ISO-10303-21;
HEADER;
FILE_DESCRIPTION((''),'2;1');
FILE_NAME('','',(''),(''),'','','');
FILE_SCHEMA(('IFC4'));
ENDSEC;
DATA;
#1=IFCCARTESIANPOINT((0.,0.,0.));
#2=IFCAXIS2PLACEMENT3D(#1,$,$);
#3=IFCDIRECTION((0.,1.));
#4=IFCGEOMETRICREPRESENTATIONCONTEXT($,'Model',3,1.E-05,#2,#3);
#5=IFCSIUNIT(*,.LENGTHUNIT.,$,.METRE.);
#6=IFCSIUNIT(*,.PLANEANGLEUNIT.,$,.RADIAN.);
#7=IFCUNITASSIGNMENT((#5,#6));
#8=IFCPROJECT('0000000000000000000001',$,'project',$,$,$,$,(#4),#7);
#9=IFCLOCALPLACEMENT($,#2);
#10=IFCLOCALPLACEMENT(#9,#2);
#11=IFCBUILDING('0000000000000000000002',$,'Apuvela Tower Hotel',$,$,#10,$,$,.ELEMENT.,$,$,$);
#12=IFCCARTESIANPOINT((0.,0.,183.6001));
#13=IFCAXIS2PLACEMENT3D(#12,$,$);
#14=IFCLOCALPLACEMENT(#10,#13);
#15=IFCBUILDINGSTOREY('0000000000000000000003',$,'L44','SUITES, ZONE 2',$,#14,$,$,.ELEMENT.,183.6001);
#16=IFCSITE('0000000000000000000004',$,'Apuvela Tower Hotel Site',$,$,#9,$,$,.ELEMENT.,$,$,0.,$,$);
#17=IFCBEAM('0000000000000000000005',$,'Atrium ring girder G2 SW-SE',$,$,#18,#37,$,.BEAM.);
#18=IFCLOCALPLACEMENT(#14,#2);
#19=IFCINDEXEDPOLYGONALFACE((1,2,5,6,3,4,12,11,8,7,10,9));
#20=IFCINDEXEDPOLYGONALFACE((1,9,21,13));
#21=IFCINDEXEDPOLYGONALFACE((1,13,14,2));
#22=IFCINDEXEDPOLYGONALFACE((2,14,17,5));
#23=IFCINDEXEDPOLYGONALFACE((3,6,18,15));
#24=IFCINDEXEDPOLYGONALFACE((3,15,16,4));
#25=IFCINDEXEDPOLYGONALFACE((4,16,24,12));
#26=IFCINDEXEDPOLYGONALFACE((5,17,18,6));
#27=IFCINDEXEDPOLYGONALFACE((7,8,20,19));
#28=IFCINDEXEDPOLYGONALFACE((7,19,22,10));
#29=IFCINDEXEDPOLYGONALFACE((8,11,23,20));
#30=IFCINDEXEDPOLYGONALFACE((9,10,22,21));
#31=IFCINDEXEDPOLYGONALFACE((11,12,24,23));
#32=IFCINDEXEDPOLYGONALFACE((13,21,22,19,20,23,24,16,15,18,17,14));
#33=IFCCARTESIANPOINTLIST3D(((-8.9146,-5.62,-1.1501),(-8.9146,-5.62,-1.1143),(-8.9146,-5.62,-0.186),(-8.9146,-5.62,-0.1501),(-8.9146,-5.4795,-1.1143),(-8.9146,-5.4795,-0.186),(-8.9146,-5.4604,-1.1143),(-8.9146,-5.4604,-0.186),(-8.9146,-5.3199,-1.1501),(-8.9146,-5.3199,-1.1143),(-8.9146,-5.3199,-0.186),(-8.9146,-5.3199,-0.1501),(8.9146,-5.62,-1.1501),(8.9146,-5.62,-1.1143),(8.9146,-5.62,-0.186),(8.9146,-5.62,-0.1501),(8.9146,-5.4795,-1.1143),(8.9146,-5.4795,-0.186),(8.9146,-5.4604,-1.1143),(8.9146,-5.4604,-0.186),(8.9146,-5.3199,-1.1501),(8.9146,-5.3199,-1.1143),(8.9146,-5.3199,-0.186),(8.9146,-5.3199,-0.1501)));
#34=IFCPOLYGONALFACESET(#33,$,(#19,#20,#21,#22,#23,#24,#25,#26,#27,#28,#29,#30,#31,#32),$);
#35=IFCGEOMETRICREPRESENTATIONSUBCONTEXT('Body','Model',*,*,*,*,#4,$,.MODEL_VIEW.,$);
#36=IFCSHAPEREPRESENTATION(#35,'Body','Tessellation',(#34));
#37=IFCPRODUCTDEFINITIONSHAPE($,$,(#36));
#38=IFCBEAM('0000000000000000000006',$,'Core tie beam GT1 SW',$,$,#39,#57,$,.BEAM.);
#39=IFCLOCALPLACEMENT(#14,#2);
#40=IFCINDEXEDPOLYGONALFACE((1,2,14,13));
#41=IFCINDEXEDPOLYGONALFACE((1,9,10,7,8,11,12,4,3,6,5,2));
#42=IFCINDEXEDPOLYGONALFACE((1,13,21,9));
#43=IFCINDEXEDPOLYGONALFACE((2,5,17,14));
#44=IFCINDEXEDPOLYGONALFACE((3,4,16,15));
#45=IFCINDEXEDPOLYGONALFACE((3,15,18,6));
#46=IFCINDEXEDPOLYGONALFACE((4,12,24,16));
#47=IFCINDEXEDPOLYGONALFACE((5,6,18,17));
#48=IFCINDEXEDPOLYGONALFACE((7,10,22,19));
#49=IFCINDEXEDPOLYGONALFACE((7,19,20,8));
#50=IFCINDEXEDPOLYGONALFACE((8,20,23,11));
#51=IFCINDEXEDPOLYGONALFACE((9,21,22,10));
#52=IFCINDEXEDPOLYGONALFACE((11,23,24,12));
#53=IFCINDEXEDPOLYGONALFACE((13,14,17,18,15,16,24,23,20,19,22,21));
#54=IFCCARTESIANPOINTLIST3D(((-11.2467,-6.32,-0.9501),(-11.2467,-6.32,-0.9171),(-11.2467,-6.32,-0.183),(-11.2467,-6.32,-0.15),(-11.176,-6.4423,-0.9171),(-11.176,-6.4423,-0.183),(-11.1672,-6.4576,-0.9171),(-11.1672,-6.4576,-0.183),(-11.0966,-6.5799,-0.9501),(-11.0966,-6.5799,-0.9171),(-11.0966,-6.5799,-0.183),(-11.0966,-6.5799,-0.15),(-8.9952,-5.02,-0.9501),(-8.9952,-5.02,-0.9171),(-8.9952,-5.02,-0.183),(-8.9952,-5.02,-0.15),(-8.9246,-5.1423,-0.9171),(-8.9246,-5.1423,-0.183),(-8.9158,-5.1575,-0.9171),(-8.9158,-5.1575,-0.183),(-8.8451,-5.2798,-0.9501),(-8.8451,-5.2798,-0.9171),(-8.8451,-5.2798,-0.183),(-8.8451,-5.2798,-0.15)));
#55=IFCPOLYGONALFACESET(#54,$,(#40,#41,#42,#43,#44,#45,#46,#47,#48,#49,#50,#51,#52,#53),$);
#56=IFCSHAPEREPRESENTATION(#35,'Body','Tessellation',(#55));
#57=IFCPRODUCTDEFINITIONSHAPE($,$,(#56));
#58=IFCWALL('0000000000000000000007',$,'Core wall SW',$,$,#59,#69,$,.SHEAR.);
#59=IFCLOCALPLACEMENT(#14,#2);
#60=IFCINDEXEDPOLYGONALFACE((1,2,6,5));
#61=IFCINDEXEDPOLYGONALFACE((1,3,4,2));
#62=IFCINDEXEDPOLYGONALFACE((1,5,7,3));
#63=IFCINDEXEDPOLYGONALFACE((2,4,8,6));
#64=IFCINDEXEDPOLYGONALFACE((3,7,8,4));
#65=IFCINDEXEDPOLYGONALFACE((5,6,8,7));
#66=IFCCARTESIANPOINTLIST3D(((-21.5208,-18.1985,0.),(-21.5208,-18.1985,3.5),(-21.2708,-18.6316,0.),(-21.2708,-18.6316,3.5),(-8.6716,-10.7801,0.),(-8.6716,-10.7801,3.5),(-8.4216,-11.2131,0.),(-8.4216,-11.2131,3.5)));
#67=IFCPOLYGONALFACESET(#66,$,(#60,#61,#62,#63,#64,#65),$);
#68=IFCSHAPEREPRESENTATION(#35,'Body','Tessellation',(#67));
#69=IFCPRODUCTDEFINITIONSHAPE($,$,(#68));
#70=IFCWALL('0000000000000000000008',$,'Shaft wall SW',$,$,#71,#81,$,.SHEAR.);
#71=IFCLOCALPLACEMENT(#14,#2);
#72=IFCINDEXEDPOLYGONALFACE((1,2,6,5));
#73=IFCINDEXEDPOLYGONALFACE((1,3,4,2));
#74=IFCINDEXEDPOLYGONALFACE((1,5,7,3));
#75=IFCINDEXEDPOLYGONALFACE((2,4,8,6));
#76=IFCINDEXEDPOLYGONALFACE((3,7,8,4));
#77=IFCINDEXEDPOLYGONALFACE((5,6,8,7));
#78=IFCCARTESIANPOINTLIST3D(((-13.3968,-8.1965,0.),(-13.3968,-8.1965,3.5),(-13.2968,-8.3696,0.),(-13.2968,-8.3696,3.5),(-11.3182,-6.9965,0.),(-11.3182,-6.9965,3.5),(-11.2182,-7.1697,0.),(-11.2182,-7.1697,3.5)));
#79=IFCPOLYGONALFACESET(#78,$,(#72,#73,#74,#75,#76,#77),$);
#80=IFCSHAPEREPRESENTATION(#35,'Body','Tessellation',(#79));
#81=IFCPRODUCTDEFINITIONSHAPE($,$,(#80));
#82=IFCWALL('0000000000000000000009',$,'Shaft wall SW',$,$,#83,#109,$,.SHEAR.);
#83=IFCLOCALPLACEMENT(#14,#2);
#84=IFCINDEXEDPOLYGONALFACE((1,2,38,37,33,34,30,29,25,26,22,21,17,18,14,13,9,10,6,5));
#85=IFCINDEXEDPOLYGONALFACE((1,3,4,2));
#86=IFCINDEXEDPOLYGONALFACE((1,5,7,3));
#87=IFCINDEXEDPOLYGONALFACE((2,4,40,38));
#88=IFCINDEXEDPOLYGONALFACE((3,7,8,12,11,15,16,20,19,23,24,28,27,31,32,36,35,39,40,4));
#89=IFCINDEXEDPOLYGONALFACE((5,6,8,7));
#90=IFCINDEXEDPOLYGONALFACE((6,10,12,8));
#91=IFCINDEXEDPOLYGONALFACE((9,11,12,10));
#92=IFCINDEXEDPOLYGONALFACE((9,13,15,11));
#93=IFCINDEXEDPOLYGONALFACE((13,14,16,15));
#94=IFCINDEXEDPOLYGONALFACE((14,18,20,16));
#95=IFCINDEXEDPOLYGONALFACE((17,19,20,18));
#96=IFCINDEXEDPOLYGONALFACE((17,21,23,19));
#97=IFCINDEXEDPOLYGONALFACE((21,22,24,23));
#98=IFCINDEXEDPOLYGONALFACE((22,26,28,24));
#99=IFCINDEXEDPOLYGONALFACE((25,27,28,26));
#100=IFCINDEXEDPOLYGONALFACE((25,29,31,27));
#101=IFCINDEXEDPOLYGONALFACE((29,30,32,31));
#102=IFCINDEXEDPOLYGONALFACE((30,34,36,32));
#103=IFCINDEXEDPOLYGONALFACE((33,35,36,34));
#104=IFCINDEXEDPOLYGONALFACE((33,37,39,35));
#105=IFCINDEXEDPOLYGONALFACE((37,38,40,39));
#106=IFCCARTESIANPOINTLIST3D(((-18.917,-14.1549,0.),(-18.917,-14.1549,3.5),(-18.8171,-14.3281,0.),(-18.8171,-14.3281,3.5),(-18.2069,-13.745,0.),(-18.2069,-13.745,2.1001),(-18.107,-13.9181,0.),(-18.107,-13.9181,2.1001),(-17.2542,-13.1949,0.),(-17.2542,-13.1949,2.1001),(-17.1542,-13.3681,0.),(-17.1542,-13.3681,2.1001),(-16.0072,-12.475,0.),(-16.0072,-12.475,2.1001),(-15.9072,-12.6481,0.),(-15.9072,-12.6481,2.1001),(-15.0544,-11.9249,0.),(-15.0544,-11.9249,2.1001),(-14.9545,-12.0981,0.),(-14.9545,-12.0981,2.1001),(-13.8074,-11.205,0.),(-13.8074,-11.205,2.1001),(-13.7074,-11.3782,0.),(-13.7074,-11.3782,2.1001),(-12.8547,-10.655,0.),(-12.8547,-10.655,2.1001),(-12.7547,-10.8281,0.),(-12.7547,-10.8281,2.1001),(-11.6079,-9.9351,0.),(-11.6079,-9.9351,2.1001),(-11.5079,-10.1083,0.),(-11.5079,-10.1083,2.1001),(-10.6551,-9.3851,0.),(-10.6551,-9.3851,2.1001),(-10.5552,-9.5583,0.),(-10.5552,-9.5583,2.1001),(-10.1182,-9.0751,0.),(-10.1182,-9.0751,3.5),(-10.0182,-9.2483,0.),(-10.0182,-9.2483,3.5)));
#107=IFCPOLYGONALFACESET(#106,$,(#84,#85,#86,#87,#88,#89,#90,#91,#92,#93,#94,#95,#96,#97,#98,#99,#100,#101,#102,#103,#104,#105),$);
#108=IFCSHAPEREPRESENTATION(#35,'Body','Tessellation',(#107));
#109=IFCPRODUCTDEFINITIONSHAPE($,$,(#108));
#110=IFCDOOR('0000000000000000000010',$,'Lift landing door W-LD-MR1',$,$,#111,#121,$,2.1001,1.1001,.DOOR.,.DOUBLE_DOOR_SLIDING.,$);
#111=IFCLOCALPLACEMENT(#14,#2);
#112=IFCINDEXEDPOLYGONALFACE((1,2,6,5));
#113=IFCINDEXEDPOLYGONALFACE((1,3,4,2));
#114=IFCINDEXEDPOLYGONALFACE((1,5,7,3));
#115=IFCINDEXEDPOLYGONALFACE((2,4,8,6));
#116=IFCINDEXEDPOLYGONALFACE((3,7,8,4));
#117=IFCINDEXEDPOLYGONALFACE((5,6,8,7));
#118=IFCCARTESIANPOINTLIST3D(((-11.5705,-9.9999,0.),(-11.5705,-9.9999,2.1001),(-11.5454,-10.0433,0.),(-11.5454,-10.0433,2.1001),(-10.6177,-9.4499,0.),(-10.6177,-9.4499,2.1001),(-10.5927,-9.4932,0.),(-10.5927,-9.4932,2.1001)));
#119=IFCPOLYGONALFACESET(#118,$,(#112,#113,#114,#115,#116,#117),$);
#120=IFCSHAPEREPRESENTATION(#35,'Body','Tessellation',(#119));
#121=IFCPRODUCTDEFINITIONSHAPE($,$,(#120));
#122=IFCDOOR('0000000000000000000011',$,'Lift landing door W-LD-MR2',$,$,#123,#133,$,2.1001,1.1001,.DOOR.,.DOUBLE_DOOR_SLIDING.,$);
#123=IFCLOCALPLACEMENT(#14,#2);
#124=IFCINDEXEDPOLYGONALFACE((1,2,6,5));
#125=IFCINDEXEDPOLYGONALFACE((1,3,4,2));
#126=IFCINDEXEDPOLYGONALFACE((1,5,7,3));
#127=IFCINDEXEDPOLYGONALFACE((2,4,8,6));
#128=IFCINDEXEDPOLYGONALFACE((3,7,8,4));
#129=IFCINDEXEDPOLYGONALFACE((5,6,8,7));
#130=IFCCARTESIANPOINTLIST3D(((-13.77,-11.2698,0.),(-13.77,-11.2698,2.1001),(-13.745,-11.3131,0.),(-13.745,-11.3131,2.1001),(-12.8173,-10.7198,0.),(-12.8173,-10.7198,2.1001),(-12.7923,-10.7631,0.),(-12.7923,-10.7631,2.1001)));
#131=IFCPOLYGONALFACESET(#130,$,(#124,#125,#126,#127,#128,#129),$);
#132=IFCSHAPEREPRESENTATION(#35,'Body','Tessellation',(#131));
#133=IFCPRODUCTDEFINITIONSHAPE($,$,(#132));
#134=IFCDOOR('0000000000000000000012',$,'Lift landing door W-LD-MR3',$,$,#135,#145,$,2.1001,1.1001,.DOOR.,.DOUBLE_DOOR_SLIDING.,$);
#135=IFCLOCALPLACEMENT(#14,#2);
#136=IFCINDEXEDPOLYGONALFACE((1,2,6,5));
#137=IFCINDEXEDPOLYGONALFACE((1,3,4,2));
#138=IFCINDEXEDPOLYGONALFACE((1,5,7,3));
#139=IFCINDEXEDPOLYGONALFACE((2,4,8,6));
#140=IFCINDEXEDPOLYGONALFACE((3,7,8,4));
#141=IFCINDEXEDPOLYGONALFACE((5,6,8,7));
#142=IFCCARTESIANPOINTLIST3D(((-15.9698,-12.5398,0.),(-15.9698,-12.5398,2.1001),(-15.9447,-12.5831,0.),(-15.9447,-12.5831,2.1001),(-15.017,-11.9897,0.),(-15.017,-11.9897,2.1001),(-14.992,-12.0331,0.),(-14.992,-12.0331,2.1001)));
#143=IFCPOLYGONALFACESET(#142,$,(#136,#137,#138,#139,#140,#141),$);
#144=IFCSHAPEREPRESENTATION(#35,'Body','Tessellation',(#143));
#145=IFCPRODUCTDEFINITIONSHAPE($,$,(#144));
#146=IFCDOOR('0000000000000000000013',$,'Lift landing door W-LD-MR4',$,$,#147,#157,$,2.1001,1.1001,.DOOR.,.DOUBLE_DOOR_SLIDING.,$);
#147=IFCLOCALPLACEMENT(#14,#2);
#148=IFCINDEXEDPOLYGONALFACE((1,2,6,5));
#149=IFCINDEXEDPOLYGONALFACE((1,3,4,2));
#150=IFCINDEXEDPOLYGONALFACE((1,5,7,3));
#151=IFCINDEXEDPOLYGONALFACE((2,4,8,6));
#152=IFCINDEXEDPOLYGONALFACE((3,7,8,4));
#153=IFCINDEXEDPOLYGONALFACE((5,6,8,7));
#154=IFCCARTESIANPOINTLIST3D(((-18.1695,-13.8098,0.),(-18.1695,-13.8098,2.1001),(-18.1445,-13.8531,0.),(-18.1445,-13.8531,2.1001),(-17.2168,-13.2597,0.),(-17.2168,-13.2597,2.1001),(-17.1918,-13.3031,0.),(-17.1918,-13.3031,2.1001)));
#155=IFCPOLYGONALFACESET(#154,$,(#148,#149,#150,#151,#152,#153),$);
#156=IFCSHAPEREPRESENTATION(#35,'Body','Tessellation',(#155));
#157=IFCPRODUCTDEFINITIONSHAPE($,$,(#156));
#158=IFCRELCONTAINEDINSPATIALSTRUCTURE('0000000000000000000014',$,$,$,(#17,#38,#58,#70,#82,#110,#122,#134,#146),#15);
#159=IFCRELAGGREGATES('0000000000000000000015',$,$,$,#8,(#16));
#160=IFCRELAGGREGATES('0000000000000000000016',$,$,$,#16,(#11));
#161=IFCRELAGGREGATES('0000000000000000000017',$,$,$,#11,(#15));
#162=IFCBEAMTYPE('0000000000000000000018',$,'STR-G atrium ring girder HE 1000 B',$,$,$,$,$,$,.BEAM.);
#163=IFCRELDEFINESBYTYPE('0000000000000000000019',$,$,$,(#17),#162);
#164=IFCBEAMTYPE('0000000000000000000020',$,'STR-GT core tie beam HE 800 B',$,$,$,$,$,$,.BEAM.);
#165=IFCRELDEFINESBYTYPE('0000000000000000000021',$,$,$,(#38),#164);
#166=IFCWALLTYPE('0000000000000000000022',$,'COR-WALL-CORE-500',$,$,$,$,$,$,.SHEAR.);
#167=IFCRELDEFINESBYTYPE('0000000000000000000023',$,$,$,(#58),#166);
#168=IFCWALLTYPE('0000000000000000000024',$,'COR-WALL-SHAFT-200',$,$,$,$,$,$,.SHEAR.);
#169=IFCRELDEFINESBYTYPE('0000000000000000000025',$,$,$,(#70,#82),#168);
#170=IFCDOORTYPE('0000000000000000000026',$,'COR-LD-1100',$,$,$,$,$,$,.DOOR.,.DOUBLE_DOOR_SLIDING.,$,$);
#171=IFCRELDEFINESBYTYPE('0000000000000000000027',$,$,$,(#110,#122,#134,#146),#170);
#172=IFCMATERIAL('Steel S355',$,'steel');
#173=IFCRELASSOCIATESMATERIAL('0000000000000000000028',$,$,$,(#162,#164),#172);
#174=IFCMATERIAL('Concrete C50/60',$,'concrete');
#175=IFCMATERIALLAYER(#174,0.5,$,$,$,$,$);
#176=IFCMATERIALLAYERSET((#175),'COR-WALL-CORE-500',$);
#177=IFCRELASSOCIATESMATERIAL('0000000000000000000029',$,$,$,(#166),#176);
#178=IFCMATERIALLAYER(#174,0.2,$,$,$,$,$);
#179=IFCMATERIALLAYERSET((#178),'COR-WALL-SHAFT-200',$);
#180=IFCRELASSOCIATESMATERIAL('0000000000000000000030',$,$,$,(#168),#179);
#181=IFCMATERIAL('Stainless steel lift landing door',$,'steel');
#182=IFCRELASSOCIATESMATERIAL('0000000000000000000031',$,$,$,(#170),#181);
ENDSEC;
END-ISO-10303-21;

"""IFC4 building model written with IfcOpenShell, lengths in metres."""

from ifc_helpers import new_model, si_unit, direction, frame, frame_2d, origin, origin_2d, place, context, subcontext, project, spatial, rectangle, i_section, extrude, material, layer, layer_set, material_profile, profile_set, type_object, element, fill, save


model = new_model("IFC4")

# Units and contexts
model_context = context("Model", 3, precision=1e-05, world=origin(), true_north=direction((0.0, 1.0)))
body_context = subcontext(model_context, "Body", "Model", "MODEL_VIEW")
ifc_project = project(units=[si_unit("LENGTHUNIT", "METRE"), si_unit("PLANEANGLEUNIT", "RADIAN")], contexts=[model_context])

# Site, building, storey
site_placement = place(None, origin())
site = spatial("IfcSite", under=ifc_project, at=site_placement, Name="Apuvela Tower Hotel Site", CompositionType="ELEMENT", RefElevation=0.0)
building_placement = place(site_placement, origin())
building = spatial("IfcBuilding", under=site, at=building_placement, Name="Apuvela Tower Hotel", CompositionType="ELEMENT")
storey_placement = place(building_placement, frame((0.0, 0.0, 183.6001)))
storey = spatial("IfcBuildingStorey", under=building, at=storey_placement, Name="L44", Description="SUITES, ZONE 2", CompositionType="ELEMENT", Elevation=183.6001)

# Beams
ifc_material_1 = material(Name="Steel S355", Category="steel")
ifc_material_profile_1 = material_profile(ifc_material_1, i_section(OverallWidth=0.3, OverallDepth=1.0, WebThickness=0.019, FlangeThickness=0.0359, at=origin_2d()), Name="HE 1000 B")
ifc_profile_set_1 = profile_set([ifc_material_profile_1], Name="Steel S355")
beam_type_1 = type_object("IfcBeamType", Name="STR-G atrium ring girder HE 1000 B", PredefinedType="BEAM", material=ifc_profile_set_1)
beam_1_placement = place(storey_placement, frame((-8.9146, -5.47, -0.6501), z_axis=(1.0, 0.0, 0.0), x_axis=(0.0, 1.0, 0.0)))
element("IfcBeam", 1, at=beam_1_placement, inside=storey, type_object=beam_type_1, Name="Atrium ring girder G2 SW-SE", PredefinedType="BEAM", context=body_context, shape_type="SweptSolid", body=[
    extrude(i_section(OverallWidth=0.3, OverallDepth=1.0, WebThickness=0.019, FlangeThickness=0.0359, at=origin_2d()), origin(), (0.0, 0.0, 1.0), 17.8291),
])
ifc_material_profile_2 = material_profile(ifc_material_1, i_section(OverallWidth=0.3, OverallDepth=0.8, WebThickness=0.0176, FlangeThickness=0.033, at=origin_2d()), Name="HE 800 B")
ifc_profile_set_2 = profile_set([ifc_material_profile_2], Name="Steel S355")
beam_type_2 = type_object("IfcBeamType", Name="STR-GT core tie beam HE 800 B", PredefinedType="BEAM", material=ifc_profile_set_2)
beam_2_placement = place(storey_placement, frame((-11.1716, -6.45, -0.55), z_axis=(0.865998, 0.500048, 0.0), x_axis=(-0.500048, 0.865998, 0.0)))
element("IfcBeam", 2, at=beam_2_placement, inside=storey, type_object=beam_type_2, Name="Core tie beam GT1 SW", PredefinedType="BEAM", context=body_context, shape_type="SweptSolid", body=[
    extrude(i_section(OverallWidth=0.3, OverallDepth=0.8, WebThickness=0.0176, FlangeThickness=0.033, at=origin_2d()), origin(), (0.0, 0.0, 1.0), 2.5999),
])

# Walls
ifc_material_2 = material(Name="Concrete C50/60", Category="concrete")
ifc_layer_1 = layer(ifc_material_2, 0.5)
ifc_layer_set_1 = layer_set([ifc_layer_1], Name="COR-WALL-CORE-500")
wall_type_1 = type_object("IfcWallType", Name="COR-WALL-CORE-500", PredefinedType="SHEAR", material=ifc_layer_set_1)
wall_1_placement = place(storey_placement, frame((-8.5466, -10.9966, 0.0), z_axis=(0.0, 0.0, 1.0), x_axis=(-0.866025, -0.500001, 0.0)))
element("IfcWall", 3, at=wall_1_placement, inside=storey, type_object=wall_type_1, Name="Core wall SW", PredefinedType="SHEAR", context=body_context, shape_type="SweptSolid", body=[
    extrude(rectangle(XDim=14.8369, YDim=0.5, at=frame_2d((7.4185, 0.0))), origin(), (0.0, 0.0, 1.0), 3.5),
])
ifc_layer_2 = layer(ifc_material_2, 0.2)
ifc_layer_set_2 = layer_set([ifc_layer_2], Name="COR-WALL-SHAFT-200")
wall_type_2 = type_object("IfcWallType", Name="COR-WALL-SHAFT-200", PredefinedType="SHEAR", material=ifc_layer_set_2)
wall_2_placement = place(storey_placement, frame((-11.2681, -7.083, 0.0), z_axis=(0.0, 0.0, 1.0), x_axis=(-0.86605, -0.499957, 0.0)))
element("IfcWall", 4, at=wall_2_placement, inside=storey, type_object=wall_type_2, Name="Shaft wall SW", PredefinedType="SHEAR", context=body_context, shape_type="SweptSolid", body=[
    extrude(rectangle(XDim=2.4001, YDim=0.2, at=frame_2d((1.2002, 0.0))), origin(), (0.0, 0.0, 1.0), 3.5),
])

# Wall, openings, doors
wall_3_placement = place(storey_placement, frame((-10.0681, -9.1616, 0.0), z_axis=(0.0, 0.0, 1.0), x_axis=(-0.866033, -0.499987, 0.0)))
wall_3 = element("IfcWall", 5, at=wall_3_placement, inside=storey, type_object=wall_type_2, Name="Shaft wall SW", PredefinedType="SHEAR", context=body_context, shape_type="SweptSolid", body=[
    extrude(rectangle(XDim=10.1599, YDim=0.2, at=frame_2d((5.0801, 0.0))), origin(), (0.0, 0.0, 1.0), 3.5),
])
opening_1_placement = place(wall_3_placement, frame((0.6201, 0.0, 0.0)))
opening_1 = element("IfcOpeningElement", 6, at=opening_1_placement, cuts=wall_3, PredefinedType="OPENING", context=body_context, shape_type="SweptSolid", body=[
    extrude(rectangle(XDim=1.1001, YDim=2.1001, at=frame_2d((0.55, 1.05))), frame((0.0, 0.1099, 0.0), z_axis=(0.0, -1.0, 0.0), x_axis=(1.0, 0.0, 0.0)), (0.0, 0.0, 1.0), 0.22),
])
opening_2_placement = place(wall_3_placement, frame((3.1599, 0.0, 0.0)))
opening_2 = element("IfcOpeningElement", 7, at=opening_2_placement, cuts=wall_3, PredefinedType="OPENING", context=body_context, shape_type="SweptSolid", body=[
    extrude(rectangle(XDim=1.1001, YDim=2.1001, at=frame_2d((0.55, 1.05))), frame((0.0, 0.1099, 0.0), z_axis=(0.0, -1.0, 0.0), x_axis=(1.0, 0.0, 0.0)), (0.0, 0.0, 1.0), 0.22),
])
opening_3_placement = place(wall_3_placement, frame((5.7, 0.0, 0.0)))
opening_3 = element("IfcOpeningElement", 8, at=opening_3_placement, cuts=wall_3, PredefinedType="OPENING", context=body_context, shape_type="SweptSolid", body=[
    extrude(rectangle(XDim=1.1001, YDim=2.1001, at=frame_2d((0.55, 1.05))), frame((0.0, 0.1099, 0.0), z_axis=(0.0, -1.0, 0.0), x_axis=(1.0, 0.0, 0.0)), (0.0, 0.0, 1.0), 0.22),
])
opening_4_placement = place(wall_3_placement, frame((8.24, 0.0, 0.0)))
opening_4 = element("IfcOpeningElement", 9, at=opening_4_placement, cuts=wall_3, PredefinedType="OPENING", context=body_context, shape_type="SweptSolid", body=[
    extrude(rectangle(XDim=1.1001, YDim=2.1001, at=frame_2d((0.55, 1.05))), frame((0.0, 0.1099, 0.0), z_axis=(0.0, -1.0, 0.0), x_axis=(1.0, 0.0, 0.0)), (0.0, 0.0, 1.0), 0.22),
])
ifc_material_3 = material(Name="Stainless steel lift landing door", Category="steel")
door_type_1 = type_object("IfcDoorType", Name="COR-LD-1100", OperationType="DOUBLE_DOOR_SLIDING", PredefinedType="DOOR", material=ifc_material_3)
door_1_placement = place(opening_1_placement, origin())
door_1 = element("IfcDoor", 10, at=door_1_placement, inside=storey, type_object=door_type_1, Name="Lift landing door W-LD-MR1", OperationType="DOUBLE_DOOR_SLIDING", OverallHeight=2.1001, OverallWidth=1.1001, PredefinedType="DOOR", context=body_context, shape_type="SweptSolid", body=[
    extrude(rectangle(XDim=1.1001, YDim=2.1001, at=frame_2d((0.55, 1.05))), frame((0.0, 0.0249, 0.0), z_axis=(0.0, -1.0, 0.0), x_axis=(1.0, 0.0, 0.0)), (0.0, 0.0, 1.0), 0.05),
])
fill(opening_1, door_1)
door_2_placement = place(opening_2_placement, origin())
door_2 = element("IfcDoor", 11, at=door_2_placement, inside=storey, type_object=door_type_1, Name="Lift landing door W-LD-MR2", OperationType="DOUBLE_DOOR_SLIDING", OverallHeight=2.1001, OverallWidth=1.1001, PredefinedType="DOOR", context=body_context, shape_type="SweptSolid", body=[
    extrude(rectangle(XDim=1.1001, YDim=2.1001, at=frame_2d((0.55, 1.05))), frame((0.0, 0.0249, 0.0), z_axis=(0.0, -1.0, 0.0), x_axis=(1.0, 0.0, 0.0)), (0.0, 0.0, 1.0), 0.05),
])
fill(opening_2, door_2)
door_3_placement = place(opening_3_placement, origin())
door_3 = element("IfcDoor", 12, at=door_3_placement, inside=storey, type_object=door_type_1, Name="Lift landing door W-LD-MR3", OperationType="DOUBLE_DOOR_SLIDING", OverallHeight=2.1001, OverallWidth=1.1001, PredefinedType="DOOR", context=body_context, shape_type="SweptSolid", body=[
    extrude(rectangle(XDim=1.1001, YDim=2.1001, at=frame_2d((0.55, 1.05))), frame((0.0, 0.0249, 0.0), z_axis=(0.0, -1.0, 0.0), x_axis=(1.0, 0.0, 0.0)), (0.0, 0.0, 1.0), 0.05),
])
fill(opening_3, door_3)
door_4_placement = place(opening_4_placement, origin())
door_4 = element("IfcDoor", 13, at=door_4_placement, inside=storey, type_object=door_type_1, Name="Lift landing door W-LD-MR4", OperationType="DOUBLE_DOOR_SLIDING", OverallHeight=2.1001, OverallWidth=1.1001, PredefinedType="DOOR", context=body_context, shape_type="SweptSolid", body=[
    extrude(rectangle(XDim=1.1001, YDim=2.1001, at=frame_2d((0.55, 1.05))), frame((0.0, 0.0249, 0.0), z_axis=(0.0, -1.0, 0.0), x_axis=(1.0, 0.0, 0.0)), (0.0, 0.0, 1.0), 0.05),
])
fill(opening_4, door_4)

save(model, "model.ifc")
